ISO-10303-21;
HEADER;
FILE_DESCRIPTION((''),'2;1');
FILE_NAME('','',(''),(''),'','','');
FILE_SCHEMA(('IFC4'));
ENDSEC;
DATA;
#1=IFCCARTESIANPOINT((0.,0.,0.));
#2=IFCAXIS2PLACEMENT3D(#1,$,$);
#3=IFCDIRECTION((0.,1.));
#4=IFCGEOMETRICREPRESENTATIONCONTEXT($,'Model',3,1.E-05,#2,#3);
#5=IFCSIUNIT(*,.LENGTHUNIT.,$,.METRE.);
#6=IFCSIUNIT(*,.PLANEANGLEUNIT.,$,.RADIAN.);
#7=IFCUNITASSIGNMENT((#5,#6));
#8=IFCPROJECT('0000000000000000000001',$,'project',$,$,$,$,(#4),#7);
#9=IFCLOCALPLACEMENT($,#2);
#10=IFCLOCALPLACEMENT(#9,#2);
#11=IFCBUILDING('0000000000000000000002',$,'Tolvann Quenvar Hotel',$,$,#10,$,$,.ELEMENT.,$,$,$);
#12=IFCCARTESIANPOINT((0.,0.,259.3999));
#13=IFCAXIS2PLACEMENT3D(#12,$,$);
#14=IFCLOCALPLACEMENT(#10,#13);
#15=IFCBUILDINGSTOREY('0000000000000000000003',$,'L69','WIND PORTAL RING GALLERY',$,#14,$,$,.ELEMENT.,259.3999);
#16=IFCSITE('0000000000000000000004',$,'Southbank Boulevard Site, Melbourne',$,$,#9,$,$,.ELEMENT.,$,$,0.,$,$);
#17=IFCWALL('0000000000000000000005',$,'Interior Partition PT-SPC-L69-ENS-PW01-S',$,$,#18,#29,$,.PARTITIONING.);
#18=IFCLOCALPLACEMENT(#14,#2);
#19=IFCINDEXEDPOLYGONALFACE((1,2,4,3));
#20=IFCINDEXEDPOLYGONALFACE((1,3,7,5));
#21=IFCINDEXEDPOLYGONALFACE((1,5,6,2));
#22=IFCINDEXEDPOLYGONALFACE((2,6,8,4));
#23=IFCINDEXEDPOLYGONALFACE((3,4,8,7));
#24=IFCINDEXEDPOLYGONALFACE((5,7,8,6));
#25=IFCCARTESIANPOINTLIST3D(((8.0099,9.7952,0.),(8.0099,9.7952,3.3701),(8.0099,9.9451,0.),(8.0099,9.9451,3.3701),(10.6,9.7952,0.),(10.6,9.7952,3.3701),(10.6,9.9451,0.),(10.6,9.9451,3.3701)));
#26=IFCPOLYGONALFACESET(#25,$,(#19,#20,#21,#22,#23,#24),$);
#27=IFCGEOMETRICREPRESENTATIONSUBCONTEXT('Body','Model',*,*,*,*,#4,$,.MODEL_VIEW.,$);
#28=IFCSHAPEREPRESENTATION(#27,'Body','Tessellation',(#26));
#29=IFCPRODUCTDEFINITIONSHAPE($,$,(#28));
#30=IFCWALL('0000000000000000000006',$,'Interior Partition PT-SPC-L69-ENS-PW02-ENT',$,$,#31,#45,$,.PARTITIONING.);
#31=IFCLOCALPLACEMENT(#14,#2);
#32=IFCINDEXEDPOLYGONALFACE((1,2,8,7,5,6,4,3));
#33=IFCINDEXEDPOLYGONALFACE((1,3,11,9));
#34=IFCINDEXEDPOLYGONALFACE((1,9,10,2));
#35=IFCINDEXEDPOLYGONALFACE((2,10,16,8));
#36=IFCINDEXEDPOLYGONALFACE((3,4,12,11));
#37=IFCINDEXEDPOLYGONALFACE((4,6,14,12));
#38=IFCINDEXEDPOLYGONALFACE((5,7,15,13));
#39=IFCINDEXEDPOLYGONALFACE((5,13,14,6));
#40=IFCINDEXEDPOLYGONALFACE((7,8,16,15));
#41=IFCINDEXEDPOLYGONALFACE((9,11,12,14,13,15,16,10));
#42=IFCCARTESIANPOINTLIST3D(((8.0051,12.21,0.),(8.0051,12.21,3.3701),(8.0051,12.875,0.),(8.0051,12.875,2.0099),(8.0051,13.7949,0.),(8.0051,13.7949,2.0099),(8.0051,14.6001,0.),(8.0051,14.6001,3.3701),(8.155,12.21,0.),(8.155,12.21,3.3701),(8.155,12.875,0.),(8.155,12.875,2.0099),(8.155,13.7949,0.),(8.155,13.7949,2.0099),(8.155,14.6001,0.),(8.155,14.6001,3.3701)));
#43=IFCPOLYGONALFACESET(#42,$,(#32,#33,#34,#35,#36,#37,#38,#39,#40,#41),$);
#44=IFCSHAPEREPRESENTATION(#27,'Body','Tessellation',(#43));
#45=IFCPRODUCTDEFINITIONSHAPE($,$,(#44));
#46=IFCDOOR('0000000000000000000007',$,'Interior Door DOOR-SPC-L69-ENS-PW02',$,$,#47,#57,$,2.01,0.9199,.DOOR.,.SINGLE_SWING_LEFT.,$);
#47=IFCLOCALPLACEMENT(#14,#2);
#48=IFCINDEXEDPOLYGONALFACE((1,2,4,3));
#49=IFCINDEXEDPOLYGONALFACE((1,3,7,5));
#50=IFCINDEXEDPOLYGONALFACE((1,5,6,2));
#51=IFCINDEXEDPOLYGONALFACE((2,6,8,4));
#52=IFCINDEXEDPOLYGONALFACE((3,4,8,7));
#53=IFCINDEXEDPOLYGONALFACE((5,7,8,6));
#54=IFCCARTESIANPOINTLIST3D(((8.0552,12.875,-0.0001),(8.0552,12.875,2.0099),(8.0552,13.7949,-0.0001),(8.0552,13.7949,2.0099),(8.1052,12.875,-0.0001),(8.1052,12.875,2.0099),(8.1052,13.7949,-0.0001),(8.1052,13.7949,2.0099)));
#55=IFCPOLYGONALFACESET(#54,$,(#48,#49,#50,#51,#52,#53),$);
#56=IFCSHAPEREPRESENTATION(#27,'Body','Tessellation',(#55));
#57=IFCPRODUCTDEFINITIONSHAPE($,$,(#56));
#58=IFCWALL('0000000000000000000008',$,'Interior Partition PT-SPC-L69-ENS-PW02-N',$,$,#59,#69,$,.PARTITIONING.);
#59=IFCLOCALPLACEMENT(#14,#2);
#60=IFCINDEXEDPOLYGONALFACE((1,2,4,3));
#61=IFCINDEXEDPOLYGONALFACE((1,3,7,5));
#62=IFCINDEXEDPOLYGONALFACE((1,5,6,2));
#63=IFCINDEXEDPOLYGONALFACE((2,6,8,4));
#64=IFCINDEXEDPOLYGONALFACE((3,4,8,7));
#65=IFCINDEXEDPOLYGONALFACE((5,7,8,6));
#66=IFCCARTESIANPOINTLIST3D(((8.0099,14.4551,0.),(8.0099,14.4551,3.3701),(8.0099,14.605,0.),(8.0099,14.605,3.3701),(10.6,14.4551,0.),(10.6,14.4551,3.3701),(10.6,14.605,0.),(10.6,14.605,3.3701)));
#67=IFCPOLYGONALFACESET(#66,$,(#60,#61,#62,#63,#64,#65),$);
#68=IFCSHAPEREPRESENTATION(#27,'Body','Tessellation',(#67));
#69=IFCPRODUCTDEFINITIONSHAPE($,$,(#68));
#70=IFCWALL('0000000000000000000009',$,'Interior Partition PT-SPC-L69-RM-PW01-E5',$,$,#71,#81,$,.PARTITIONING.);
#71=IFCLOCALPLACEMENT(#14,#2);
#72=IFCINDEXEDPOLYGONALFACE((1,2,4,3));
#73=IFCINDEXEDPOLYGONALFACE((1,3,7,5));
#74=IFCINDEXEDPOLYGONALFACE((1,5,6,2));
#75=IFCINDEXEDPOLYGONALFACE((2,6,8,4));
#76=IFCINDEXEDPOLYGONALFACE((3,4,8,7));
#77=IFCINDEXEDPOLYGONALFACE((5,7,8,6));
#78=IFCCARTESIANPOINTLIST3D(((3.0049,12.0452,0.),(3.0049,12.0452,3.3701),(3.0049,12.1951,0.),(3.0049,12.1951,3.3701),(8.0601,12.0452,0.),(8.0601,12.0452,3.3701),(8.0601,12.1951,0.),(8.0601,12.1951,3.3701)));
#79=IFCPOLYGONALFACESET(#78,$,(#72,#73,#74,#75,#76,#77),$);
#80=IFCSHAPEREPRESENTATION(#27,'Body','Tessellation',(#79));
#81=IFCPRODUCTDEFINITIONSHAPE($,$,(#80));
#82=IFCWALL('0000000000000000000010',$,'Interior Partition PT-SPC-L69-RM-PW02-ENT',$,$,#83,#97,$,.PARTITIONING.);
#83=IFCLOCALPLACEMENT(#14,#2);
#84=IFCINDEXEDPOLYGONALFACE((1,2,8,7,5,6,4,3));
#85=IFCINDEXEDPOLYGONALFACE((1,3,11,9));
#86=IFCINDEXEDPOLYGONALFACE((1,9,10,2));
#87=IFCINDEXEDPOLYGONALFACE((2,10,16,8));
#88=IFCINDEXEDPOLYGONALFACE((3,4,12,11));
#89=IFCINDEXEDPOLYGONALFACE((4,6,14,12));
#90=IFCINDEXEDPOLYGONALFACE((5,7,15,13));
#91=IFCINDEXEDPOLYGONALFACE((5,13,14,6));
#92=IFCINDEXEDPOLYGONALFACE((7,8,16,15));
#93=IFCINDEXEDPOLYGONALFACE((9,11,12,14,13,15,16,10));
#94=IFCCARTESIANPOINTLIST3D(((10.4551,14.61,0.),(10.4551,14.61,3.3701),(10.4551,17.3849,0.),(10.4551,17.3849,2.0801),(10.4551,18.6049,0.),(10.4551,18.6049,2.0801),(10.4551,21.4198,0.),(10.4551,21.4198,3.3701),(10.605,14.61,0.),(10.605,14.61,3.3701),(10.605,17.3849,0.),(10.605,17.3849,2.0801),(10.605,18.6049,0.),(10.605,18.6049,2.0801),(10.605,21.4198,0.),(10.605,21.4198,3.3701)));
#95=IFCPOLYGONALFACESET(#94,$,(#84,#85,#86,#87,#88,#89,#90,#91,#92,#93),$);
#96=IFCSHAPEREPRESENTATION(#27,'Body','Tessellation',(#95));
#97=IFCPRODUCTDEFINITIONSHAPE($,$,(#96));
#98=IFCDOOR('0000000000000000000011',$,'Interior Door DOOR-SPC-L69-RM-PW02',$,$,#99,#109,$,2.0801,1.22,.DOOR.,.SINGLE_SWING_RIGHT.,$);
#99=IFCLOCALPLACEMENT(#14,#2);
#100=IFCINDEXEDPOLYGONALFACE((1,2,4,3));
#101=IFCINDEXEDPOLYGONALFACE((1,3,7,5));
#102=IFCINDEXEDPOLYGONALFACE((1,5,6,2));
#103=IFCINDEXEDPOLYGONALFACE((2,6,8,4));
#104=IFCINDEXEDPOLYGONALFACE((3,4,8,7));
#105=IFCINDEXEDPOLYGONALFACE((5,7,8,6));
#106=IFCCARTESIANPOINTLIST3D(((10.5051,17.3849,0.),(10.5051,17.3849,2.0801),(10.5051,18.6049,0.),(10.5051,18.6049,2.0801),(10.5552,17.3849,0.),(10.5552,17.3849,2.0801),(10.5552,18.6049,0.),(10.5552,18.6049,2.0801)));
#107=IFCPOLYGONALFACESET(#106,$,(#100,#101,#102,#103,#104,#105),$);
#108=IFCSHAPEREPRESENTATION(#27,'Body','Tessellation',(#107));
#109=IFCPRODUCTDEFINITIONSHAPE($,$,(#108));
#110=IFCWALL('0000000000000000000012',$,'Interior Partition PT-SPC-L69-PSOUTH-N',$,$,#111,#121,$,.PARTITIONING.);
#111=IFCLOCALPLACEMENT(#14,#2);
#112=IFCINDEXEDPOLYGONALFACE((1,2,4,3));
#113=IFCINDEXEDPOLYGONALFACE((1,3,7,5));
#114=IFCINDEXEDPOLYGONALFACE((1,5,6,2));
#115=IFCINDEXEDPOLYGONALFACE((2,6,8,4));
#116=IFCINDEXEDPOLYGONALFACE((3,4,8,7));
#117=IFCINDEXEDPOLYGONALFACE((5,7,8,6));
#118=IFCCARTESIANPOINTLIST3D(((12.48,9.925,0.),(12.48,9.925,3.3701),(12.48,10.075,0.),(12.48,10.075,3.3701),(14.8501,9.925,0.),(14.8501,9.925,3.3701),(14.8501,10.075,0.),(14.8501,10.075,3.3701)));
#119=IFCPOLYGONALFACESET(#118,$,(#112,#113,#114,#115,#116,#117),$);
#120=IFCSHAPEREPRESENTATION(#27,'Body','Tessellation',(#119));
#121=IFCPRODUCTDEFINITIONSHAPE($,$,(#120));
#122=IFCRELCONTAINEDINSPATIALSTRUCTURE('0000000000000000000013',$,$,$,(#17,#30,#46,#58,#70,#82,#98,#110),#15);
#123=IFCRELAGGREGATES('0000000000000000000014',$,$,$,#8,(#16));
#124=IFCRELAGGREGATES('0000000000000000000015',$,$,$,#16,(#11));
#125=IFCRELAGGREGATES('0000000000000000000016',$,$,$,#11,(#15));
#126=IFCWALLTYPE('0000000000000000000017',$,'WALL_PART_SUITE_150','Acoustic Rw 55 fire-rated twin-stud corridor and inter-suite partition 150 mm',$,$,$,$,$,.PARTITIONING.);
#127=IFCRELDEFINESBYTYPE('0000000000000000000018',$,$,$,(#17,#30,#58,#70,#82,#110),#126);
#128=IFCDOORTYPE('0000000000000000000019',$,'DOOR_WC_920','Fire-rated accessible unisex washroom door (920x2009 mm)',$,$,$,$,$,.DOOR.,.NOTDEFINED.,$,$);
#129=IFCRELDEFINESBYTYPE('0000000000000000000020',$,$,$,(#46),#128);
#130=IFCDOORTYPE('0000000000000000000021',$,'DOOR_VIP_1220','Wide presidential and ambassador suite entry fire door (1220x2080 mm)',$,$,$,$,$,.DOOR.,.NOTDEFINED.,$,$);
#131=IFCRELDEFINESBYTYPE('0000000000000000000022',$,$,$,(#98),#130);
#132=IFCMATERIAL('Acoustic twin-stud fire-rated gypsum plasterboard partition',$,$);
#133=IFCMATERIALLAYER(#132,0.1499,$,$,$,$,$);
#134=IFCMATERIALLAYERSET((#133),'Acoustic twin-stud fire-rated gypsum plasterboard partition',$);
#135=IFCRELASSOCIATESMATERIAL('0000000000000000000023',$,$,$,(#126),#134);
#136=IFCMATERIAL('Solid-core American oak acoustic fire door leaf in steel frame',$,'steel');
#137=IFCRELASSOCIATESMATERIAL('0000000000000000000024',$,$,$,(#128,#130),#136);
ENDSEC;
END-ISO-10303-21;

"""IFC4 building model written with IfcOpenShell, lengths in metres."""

from ifc_helpers import new_model, si_unit, direction, frame, frame_2d, origin, place, context, subcontext, project, spatial, rectangle, extrude, source, transform, mapped, material, layer, layer_set, type_object, type_shapes, element, fill, save


model = new_model("IFC4")

# Units and contexts
model_context = context("Model", 3, precision=1e-05, world=origin(), true_north=direction((0.0, 1.0)))
body_context = subcontext(model_context, "Body", "Model", "MODEL_VIEW")
ifc_project = project(units=[si_unit("LENGTHUNIT", "METRE"), si_unit("PLANEANGLEUNIT", "RADIAN")], contexts=[model_context])

# Site, building, storey
site_placement = place(None, origin())
site = spatial("IfcSite", under=ifc_project, at=site_placement, Name="Southbank Boulevard Site, Melbourne", CompositionType="ELEMENT", RefElevation=0.0)
building_placement = place(site_placement, origin())
building = spatial("IfcBuilding", under=site, at=building_placement, Name="Tolvann Quenvar Hotel", CompositionType="ELEMENT")
storey_placement = place(building_placement, frame((0.0, 0.0, 259.3999)))
storey = spatial("IfcBuildingStorey", under=building, at=storey_placement, Name="L69", Description="WIND PORTAL RING GALLERY", CompositionType="ELEMENT", Elevation=259.3999)

# Shared definitions
ifc_material_1 = material(Name="Acoustic twin-stud fire-rated gypsum plasterboard partition")

# Shared definitions
ifc_material_2 = material(Name="Solid-core American oak acoustic fire door leaf in steel frame", Category="steel")

# Shared definitions
ifc_layer_1 = layer(ifc_material_1, 0.1499)
ifc_layer_set_1 = layer_set([ifc_layer_1], Name="Acoustic twin-stud fire-rated gypsum plasterboard partition")
wall_type_1 = type_object("IfcWallType", Name="WALL_PART_SUITE_150", Description="Acoustic Rw 55 fire-rated twin-stud corridor and inter-suite partition 150 mm", PredefinedType="PARTITIONING", material=ifc_layer_set_1)
door_type_1 = type_object("IfcDoorType", Name="DOOR_WC_920", Description="Fire-rated accessible unisex washroom door (920x2009 mm)", OperationType="NOTDEFINED", PredefinedType="DOOR", material=ifc_material_2)
shared_shape_1 = source(origin(), body_context, "Body", "SweptSolid", [
    extrude(rectangle(XDim=0.9199, YDim=2.01, at=frame_2d((0.46, 1.0049))), frame((0.0, 0.0249, 0.0), z_axis=(0.0, -1.0, 0.0), x_axis=(1.0, 0.0, 0.0)), (0.0, 0.0, 1.0), 0.05),
])
type_shapes(door_type_1, [shared_shape_1])

# Wall
wall_1_placement = place(storey_placement, frame((8.01, 9.8701, 0.0), z_axis=(0.0, 0.0, 1.0), x_axis=(1.0, 0.0, 0.0)))
element("IfcWall", 1, at=wall_1_placement, inside=storey, type_object=wall_type_1, Name="Interior Partition PT-SPC-L69-ENS-PW01-S", PredefinedType="PARTITIONING", context=body_context, shape_type="SweptSolid", body=[
    extrude(rectangle(XDim=2.5901, YDim=0.1499, at=frame_2d((1.2949, 0.0))), origin(), (0.0, 0.0, 1.0), 3.3701),
])

# Wall, opening, door
wall_2_placement = place(storey_placement, frame((8.0801, 12.21, 0.0), z_axis=(0.0, 0.0, 1.0), x_axis=(0.0, 1.0, 0.0)))
wall_2 = element("IfcWall", 2, at=wall_2_placement, inside=storey, type_object=wall_type_1, Name="Interior Partition PT-SPC-L69-ENS-PW02-ENT", PredefinedType="PARTITIONING", context=body_context, shape_type="SweptSolid", body=[
    extrude(rectangle(XDim=2.3901, YDim=0.1499, at=frame_2d((1.1951, 0.0))), origin(), (0.0, 0.0, 1.0), 3.3701),
])
opening_1_placement = place(wall_2_placement, frame((0.665, 0.0, 0.0)))
opening_1 = element("IfcOpeningElement", 3, at=opening_1_placement, cuts=wall_2, PredefinedType="OPENING", context=body_context, shape_type="SweptSolid", body=[
    extrude(rectangle(XDim=0.9199, YDim=2.01, at=frame_2d((0.46, 1.0049))), frame((0.0, 0.085, 0.0), z_axis=(0.0, -1.0, 0.0), x_axis=(1.0, 0.0, 0.0)), (0.0, 0.0, 1.0), 0.1699),
])
door_1_placement = place(opening_1_placement, origin())
door_1 = element("IfcDoor", 4, at=door_1_placement, inside=storey, type_object=door_type_1, Name="Interior Door DOOR-SPC-L69-ENS-PW02", OperationType="SINGLE_SWING_LEFT", OverallHeight=2.01, OverallWidth=0.9199, PredefinedType="DOOR", context=body_context, shape_type="MappedRepresentation", body=[
    mapped(shared_shape_1, transform((0.0, 0.0, 0.0), x_axis=(1.0, 0.0, 0.0), y_axis=(0.0, 1.0, 0.0), z_axis=(0.0, 0.0, 1.0), scale=1.0)),
])
fill(opening_1, door_1)

# Walls
wall_3_placement = place(storey_placement, frame((8.01, 14.53, 0.0), z_axis=(0.0, 0.0, 1.0), x_axis=(1.0, 0.0, 0.0)))
element("IfcWall", 5, at=wall_3_placement, inside=storey, type_object=wall_type_1, Name="Interior Partition PT-SPC-L69-ENS-PW02-N", PredefinedType="PARTITIONING", context=body_context, shape_type="SweptSolid", body=[
    extrude(rectangle(XDim=2.5901, YDim=0.1499, at=frame_2d((1.2949, 0.0))), origin(), (0.0, 0.0, 1.0), 3.3701),
])
wall_4_placement = place(storey_placement, frame((3.0049, 12.1201, 0.0), z_axis=(0.0, 0.0, 1.0), x_axis=(1.0, 0.0, 0.0)))
element("IfcWall", 6, at=wall_4_placement, inside=storey, type_object=wall_type_1, Name="Interior Partition PT-SPC-L69-RM-PW01-E5", PredefinedType="PARTITIONING", context=body_context, shape_type="SweptSolid", body=[
    extrude(rectangle(XDim=5.0552, YDim=0.1499, at=frame_2d((2.5276, 0.0))), origin(), (0.0, 0.0, 1.0), 3.3701),
])

# Wall, opening, door
wall_5_placement = place(storey_placement, frame((10.53, 14.6101, 0.0), z_axis=(0.0, 0.0, 1.0), x_axis=(0.0, 1.0, 0.0)))
wall_5 = element("IfcWall", 7, at=wall_5_placement, inside=storey, type_object=wall_type_1, Name="Interior Partition PT-SPC-L69-RM-PW02-ENT", PredefinedType="PARTITIONING", context=body_context, shape_type="SweptSolid", body=[
    extrude(rectangle(XDim=6.8098, YDim=0.1499, at=frame_2d((3.4048, 0.0))), origin(), (0.0, 0.0, 1.0), 3.3701),
])
opening_2_placement = place(wall_5_placement, frame((2.7749, 0.0, 0.0)))
opening_2 = element("IfcOpeningElement", 8, at=opening_2_placement, cuts=wall_5, PredefinedType="OPENING", context=body_context, shape_type="SweptSolid", body=[
    extrude(rectangle(XDim=1.22, YDim=2.0801, at=frame_2d((0.6099, 1.04))), frame((0.0, 0.085, 0.0), z_axis=(0.0, -1.0, 0.0), x_axis=(1.0, 0.0, 0.0)), (0.0, 0.0, 1.0), 0.1699),
])
door_type_2 = type_object("IfcDoorType", Name="DOOR_VIP_1220", Description="Wide presidential and ambassador suite entry fire door (1220x2080 mm)", OperationType="NOTDEFINED", PredefinedType="DOOR", material=ifc_material_2)
shared_shape_2 = source(origin(), body_context, "Body", "SweptSolid", [
    extrude(rectangle(XDim=1.22, YDim=2.0801, at=frame_2d((0.6099, 1.04))), frame((0.0, 0.0249, 0.0), z_axis=(0.0, -1.0, 0.0), x_axis=(1.0, 0.0, 0.0)), (0.0, 0.0, 1.0), 0.05),
])
type_shapes(door_type_2, [shared_shape_2])
door_2_placement = place(opening_2_placement, origin())
door_2 = element("IfcDoor", 9, at=door_2_placement, inside=storey, type_object=door_type_2, Name="Interior Door DOOR-SPC-L69-RM-PW02", OperationType="SINGLE_SWING_RIGHT", OverallHeight=2.0801, OverallWidth=1.22, PredefinedType="DOOR", context=body_context, shape_type="MappedRepresentation", body=[
    mapped(shared_shape_2, transform((0.0, 0.0, 0.0), x_axis=(1.0, 0.0, 0.0), y_axis=(0.0, 1.0, 0.0), z_axis=(0.0, 0.0, 1.0), scale=1.0)),
])
fill(opening_2, door_2)

# Wall
wall_6_placement = place(storey_placement, frame((12.48, 10.0, 0.0), z_axis=(0.0, 0.0, 1.0), x_axis=(1.0, 0.0, 0.0)))
element("IfcWall", 10, at=wall_6_placement, inside=storey, type_object=wall_type_1, Name="Interior Partition PT-SPC-L69-PSOUTH-N", PredefinedType="PARTITIONING", context=body_context, shape_type="SweptSolid", body=[
    extrude(rectangle(XDim=2.3701, YDim=0.1499, at=frame_2d((1.1851, 0.0))), origin(), (0.0, 0.0, 1.0), 3.3701),
])

save(model, "model.ifc")
